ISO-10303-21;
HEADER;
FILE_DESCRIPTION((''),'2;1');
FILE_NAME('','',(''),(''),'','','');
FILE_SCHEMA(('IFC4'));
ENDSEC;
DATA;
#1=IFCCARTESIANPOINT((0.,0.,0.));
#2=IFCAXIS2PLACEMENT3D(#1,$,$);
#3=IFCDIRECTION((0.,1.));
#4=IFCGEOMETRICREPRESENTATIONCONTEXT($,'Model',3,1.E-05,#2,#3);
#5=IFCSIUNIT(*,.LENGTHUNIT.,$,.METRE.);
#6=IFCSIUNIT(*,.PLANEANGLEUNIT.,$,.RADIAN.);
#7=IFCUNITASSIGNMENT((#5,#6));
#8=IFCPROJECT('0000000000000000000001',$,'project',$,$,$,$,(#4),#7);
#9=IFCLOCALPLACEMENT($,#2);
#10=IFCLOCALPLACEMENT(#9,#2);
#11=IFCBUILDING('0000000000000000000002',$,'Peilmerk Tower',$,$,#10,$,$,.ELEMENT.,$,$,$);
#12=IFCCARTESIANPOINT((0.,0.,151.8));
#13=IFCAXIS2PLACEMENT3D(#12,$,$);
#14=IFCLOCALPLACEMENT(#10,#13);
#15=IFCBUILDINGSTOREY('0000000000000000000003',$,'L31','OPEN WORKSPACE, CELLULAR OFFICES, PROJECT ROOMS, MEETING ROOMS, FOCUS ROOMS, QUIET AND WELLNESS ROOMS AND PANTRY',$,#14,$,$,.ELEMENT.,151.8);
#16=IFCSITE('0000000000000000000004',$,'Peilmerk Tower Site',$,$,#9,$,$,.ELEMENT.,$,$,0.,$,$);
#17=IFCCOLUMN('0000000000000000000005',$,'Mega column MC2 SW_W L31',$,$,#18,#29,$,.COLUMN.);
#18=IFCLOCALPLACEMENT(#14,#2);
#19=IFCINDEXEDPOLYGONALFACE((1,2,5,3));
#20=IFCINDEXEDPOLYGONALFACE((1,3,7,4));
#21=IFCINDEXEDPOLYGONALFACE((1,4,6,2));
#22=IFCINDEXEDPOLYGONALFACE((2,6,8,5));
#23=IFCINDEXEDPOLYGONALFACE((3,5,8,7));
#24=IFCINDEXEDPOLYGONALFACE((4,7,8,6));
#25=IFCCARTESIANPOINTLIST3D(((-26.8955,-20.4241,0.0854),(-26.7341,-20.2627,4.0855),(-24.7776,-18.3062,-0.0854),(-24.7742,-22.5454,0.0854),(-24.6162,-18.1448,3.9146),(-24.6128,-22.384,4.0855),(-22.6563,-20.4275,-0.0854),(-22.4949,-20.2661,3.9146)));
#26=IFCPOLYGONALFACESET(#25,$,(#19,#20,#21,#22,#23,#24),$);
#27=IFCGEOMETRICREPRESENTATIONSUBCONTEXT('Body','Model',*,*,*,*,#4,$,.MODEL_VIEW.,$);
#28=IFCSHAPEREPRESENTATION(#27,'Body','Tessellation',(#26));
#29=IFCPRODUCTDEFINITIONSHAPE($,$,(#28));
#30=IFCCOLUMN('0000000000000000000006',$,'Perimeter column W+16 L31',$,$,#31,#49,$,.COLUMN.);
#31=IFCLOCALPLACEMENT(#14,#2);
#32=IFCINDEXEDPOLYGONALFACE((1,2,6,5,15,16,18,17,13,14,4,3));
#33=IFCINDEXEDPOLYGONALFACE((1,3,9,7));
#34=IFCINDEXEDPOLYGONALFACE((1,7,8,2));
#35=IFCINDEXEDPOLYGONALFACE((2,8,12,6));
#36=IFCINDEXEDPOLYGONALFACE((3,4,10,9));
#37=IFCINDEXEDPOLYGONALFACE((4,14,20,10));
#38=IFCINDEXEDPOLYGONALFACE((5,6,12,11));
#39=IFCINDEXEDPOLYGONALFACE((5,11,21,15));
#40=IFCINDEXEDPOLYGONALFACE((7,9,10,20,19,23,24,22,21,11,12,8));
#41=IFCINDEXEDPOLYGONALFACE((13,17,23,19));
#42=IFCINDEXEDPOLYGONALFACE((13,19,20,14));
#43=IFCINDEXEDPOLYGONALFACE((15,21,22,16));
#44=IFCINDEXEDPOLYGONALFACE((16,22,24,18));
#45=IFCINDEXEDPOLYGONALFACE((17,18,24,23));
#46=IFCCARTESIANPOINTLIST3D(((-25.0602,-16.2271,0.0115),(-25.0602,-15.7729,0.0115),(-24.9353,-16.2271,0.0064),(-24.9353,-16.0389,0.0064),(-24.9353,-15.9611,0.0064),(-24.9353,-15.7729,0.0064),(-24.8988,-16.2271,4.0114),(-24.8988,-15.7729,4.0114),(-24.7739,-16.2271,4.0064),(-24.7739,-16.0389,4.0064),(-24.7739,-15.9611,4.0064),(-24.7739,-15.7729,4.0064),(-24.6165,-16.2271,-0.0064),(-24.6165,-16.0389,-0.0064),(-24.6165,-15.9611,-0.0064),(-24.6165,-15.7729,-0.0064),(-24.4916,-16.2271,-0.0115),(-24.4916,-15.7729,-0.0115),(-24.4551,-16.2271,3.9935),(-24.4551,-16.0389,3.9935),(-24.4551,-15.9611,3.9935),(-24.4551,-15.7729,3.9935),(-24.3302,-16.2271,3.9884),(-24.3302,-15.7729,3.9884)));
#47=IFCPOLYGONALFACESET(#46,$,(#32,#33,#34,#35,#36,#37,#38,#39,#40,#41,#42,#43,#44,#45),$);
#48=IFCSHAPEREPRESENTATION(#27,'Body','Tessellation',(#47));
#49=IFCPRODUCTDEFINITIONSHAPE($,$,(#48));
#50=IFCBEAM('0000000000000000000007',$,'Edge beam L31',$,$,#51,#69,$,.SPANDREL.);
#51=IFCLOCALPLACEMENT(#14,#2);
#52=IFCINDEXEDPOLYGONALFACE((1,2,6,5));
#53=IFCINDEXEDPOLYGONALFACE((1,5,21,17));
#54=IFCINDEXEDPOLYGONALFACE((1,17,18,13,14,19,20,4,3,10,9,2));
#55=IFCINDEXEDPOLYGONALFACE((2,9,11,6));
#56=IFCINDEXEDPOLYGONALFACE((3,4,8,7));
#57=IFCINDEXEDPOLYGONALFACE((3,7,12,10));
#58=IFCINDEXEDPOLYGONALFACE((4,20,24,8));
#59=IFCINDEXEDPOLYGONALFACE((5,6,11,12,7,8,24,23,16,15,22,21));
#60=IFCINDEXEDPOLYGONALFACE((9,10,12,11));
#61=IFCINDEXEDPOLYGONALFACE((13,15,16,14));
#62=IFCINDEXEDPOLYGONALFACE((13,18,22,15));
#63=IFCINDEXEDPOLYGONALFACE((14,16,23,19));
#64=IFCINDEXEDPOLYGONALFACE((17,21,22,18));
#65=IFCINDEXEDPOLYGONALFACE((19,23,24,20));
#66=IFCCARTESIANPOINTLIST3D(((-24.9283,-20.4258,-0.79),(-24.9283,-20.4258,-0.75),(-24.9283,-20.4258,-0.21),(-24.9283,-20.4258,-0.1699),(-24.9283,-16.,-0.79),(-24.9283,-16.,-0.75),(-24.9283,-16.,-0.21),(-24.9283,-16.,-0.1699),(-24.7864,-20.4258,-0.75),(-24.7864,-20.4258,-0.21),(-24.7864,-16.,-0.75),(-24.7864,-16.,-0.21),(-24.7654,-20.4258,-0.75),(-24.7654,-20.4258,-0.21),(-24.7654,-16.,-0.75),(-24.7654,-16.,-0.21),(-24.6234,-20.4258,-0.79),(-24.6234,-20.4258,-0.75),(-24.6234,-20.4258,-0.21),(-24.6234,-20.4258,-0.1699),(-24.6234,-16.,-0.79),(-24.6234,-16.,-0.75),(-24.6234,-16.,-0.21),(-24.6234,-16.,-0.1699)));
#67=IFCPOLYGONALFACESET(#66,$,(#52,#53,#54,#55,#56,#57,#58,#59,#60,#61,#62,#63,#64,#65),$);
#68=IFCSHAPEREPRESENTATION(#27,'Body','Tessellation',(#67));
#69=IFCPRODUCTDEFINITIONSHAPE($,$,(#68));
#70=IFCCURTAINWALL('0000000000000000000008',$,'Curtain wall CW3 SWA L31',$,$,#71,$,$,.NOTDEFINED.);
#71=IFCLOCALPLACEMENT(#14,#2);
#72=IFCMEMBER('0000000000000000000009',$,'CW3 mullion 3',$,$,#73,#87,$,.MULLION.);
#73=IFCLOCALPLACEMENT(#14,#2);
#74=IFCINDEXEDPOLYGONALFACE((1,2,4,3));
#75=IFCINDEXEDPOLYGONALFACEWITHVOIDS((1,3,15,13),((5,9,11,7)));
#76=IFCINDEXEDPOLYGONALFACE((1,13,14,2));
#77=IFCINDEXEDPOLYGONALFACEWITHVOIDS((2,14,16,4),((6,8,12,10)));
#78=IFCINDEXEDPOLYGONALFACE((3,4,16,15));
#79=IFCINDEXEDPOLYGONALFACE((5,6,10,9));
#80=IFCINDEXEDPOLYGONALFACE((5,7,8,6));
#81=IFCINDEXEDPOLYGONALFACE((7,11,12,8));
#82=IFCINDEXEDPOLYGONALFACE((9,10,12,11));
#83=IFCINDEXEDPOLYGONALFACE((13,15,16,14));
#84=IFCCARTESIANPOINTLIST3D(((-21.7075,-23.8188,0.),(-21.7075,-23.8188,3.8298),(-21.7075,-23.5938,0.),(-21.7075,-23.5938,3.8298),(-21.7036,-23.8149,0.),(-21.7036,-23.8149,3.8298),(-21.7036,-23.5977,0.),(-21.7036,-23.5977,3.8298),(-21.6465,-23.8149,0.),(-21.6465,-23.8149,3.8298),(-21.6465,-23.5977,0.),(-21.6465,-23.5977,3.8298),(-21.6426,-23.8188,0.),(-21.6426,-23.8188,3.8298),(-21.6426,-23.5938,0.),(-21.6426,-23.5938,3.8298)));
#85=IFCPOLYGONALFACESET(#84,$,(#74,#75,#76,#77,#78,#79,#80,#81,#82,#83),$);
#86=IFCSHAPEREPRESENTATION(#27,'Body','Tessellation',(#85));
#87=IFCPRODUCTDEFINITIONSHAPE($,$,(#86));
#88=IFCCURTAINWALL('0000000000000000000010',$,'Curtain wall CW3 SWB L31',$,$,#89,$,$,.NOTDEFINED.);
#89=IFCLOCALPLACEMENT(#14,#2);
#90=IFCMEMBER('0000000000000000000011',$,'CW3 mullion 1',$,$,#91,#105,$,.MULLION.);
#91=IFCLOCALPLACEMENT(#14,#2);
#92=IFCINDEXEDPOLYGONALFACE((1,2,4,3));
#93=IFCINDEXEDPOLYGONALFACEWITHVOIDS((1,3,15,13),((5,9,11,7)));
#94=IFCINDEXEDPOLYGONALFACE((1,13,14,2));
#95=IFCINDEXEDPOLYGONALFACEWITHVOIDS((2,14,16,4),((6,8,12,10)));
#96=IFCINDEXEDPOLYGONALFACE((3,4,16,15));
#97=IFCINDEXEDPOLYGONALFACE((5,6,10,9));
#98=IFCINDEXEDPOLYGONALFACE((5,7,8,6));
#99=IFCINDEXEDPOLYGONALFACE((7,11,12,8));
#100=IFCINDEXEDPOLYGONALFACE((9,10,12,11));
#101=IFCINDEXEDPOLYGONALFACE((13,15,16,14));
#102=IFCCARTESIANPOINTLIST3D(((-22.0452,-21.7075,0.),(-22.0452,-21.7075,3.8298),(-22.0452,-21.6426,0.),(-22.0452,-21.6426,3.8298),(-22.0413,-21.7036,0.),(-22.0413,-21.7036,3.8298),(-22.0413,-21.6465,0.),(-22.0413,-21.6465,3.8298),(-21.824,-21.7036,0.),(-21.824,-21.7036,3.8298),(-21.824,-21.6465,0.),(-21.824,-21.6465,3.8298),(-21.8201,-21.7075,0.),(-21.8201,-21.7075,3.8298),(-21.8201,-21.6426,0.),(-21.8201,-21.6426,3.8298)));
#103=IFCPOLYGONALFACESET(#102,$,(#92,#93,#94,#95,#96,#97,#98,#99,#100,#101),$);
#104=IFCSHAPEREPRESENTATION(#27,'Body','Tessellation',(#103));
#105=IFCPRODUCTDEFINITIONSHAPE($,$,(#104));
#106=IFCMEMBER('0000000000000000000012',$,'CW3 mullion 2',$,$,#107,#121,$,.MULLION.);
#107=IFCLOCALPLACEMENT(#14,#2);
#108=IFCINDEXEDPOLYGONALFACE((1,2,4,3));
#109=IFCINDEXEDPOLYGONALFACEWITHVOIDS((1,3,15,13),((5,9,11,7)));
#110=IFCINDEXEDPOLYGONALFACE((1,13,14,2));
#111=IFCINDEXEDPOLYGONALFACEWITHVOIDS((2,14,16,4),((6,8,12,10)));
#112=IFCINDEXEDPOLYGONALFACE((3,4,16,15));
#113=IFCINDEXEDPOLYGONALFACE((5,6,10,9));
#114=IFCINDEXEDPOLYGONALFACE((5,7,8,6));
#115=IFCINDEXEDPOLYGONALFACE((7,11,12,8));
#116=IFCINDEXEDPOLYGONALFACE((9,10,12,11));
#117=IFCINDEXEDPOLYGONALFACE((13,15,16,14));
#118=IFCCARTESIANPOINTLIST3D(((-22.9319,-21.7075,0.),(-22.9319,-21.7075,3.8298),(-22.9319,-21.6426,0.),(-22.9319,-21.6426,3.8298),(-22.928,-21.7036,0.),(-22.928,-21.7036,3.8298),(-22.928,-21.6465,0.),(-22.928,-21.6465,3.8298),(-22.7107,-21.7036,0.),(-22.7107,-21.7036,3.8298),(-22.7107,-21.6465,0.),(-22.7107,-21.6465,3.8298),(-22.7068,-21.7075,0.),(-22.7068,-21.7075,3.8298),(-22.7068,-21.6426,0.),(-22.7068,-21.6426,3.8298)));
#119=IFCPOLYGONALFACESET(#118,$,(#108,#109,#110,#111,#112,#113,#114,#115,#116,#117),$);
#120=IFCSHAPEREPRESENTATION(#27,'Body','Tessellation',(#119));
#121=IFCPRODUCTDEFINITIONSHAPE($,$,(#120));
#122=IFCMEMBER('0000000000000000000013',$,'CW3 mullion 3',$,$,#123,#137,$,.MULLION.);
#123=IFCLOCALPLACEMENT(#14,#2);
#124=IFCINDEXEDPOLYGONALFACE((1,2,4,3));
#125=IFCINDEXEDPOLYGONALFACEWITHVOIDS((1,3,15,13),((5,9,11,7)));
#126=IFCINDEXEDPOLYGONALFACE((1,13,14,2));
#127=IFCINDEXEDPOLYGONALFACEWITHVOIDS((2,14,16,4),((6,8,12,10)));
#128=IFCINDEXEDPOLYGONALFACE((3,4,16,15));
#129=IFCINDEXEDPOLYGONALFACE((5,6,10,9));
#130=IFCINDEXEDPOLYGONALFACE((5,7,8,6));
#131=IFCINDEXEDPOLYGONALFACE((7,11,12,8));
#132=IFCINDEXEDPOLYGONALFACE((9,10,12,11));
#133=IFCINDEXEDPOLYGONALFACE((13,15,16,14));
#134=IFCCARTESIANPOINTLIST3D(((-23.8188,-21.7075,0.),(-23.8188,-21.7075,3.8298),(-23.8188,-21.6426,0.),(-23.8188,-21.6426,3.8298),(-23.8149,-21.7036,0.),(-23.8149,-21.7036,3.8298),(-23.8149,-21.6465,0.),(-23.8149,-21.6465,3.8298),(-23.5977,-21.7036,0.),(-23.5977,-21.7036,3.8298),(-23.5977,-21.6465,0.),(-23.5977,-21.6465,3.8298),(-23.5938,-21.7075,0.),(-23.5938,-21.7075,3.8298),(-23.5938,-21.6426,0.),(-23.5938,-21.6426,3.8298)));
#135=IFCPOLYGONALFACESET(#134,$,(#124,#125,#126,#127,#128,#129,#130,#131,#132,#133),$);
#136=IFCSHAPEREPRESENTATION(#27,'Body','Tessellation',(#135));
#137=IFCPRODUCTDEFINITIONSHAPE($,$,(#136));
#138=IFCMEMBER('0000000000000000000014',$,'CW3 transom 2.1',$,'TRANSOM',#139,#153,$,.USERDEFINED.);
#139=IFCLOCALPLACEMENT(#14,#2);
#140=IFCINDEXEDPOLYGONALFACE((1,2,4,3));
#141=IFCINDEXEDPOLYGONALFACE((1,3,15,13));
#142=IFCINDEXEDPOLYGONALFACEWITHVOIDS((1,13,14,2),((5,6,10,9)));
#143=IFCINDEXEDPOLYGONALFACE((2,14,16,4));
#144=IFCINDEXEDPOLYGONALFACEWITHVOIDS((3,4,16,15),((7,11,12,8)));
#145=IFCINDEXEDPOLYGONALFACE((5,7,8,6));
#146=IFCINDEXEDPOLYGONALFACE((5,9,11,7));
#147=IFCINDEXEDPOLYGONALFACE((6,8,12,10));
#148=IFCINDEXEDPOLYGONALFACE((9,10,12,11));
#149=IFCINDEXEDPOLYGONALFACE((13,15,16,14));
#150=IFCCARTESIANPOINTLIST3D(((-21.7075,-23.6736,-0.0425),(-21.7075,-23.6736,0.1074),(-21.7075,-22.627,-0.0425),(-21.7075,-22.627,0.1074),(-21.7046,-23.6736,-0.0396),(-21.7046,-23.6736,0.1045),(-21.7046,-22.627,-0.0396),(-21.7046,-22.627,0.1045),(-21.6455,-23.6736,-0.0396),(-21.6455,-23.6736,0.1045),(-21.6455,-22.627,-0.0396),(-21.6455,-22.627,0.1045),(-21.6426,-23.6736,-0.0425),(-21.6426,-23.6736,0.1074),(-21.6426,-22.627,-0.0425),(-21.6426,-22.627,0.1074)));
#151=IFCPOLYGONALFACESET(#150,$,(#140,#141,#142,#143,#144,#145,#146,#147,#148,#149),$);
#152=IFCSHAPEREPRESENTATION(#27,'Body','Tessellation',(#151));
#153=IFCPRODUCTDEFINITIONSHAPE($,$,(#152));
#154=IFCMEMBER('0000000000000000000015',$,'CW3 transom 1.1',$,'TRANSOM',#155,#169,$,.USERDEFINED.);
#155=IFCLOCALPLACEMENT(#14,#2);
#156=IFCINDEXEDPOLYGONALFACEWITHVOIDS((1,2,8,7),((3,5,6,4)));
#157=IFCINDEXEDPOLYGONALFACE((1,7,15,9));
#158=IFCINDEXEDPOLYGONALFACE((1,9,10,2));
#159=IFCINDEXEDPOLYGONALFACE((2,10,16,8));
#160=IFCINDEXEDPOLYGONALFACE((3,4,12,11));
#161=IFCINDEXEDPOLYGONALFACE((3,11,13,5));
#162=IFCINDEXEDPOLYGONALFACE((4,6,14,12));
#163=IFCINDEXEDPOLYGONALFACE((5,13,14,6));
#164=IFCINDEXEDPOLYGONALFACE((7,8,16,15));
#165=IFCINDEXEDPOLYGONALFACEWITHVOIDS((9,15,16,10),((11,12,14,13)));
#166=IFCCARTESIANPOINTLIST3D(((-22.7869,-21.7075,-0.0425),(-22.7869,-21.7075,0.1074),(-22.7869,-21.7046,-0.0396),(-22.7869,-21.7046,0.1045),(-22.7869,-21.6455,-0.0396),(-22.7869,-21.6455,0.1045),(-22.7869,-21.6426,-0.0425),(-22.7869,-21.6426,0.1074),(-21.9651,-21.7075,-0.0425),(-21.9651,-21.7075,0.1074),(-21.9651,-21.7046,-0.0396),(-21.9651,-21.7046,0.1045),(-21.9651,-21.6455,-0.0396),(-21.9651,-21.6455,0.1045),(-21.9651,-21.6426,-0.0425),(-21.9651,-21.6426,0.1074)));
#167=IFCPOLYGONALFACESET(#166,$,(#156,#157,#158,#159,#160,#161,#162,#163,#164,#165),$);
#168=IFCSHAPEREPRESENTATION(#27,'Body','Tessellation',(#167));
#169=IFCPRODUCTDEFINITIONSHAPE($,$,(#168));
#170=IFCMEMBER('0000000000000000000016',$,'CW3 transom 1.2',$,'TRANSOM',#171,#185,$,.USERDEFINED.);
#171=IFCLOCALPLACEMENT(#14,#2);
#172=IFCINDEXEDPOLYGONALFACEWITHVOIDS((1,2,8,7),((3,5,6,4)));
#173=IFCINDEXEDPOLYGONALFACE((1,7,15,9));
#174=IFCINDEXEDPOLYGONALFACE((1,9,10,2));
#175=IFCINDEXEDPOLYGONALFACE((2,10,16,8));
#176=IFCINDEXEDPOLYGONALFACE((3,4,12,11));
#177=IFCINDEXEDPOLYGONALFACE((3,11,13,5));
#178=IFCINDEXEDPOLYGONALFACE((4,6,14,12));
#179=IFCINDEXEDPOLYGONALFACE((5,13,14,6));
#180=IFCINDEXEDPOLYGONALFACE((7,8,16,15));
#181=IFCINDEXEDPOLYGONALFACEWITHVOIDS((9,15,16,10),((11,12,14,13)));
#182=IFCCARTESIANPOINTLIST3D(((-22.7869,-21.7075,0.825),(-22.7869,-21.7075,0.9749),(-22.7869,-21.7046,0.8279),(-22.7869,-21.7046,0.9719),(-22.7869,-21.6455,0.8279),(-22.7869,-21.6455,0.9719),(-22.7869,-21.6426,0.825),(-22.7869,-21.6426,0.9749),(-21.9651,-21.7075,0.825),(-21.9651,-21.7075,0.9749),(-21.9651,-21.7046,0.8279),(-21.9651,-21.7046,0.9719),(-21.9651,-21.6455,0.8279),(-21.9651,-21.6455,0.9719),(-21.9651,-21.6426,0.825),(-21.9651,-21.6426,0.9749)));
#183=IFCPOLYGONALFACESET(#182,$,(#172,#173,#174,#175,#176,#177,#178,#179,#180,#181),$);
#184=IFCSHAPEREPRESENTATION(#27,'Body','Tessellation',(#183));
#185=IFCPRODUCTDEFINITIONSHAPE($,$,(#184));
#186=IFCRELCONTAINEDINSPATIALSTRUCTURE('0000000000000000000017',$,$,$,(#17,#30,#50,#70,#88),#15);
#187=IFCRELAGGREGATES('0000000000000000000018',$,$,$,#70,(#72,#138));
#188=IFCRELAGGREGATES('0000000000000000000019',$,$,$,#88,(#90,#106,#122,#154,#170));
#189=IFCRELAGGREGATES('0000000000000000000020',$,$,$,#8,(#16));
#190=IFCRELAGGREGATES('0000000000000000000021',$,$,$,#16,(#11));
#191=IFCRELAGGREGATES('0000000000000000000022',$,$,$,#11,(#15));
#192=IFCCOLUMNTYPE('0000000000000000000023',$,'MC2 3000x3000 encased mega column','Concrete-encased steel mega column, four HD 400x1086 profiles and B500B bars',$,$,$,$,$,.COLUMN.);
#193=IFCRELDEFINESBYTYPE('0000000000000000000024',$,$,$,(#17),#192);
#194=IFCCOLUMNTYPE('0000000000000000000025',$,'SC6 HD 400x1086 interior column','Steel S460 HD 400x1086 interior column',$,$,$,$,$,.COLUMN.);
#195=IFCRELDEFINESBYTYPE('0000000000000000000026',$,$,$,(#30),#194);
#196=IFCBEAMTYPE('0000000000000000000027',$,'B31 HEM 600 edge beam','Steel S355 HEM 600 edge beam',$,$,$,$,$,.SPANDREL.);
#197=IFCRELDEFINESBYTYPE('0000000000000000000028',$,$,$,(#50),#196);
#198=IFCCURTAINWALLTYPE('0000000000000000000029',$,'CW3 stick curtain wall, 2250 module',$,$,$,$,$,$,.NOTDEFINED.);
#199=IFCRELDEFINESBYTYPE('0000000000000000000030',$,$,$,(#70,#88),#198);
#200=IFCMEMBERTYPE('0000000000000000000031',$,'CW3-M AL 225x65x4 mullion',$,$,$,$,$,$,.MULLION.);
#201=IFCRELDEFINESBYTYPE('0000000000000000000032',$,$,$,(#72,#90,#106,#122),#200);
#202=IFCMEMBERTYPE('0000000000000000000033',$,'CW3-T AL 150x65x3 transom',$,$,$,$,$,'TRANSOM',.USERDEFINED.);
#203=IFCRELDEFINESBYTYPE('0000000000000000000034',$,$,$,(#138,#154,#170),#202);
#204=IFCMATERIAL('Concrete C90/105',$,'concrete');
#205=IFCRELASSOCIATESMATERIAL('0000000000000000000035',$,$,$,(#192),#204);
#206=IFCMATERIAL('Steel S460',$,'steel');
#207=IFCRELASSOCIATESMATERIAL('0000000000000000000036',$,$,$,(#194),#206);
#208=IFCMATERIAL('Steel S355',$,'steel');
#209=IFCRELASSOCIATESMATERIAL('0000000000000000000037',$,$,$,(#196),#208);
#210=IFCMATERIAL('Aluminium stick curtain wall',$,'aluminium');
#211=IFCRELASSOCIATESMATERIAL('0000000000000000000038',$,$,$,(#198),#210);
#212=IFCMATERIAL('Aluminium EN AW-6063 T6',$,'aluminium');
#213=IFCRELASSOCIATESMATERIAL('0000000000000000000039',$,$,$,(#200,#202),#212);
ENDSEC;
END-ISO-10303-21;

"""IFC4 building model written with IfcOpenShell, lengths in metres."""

from ifc_helpers import new_model, si_unit, direction, frame, origin, origin_2d, place, context, subcontext, project, spatial, rectangle, hollow_rectangle, i_section, extrude, material, material_profile, profile_set, type_object, element, aggregate, save


model = new_model("IFC4")

# Units and contexts
model_context = context("Model", 3, precision=1e-05, world=origin(), true_north=direction((0.0, 1.0)))
body_context = subcontext(model_context, "Body", "Model", "MODEL_VIEW")
ifc_project = project(units=[si_unit("LENGTHUNIT", "METRE"), si_unit("PLANEANGLEUNIT", "RADIAN")], contexts=[model_context])

# Site, building, storey
site_placement = place(None, origin())
site = spatial("IfcSite", under=ifc_project, at=site_placement, Name="Peilmerk Tower Site", CompositionType="ELEMENT", RefElevation=0.0)
building_placement = place(site_placement, origin())
building = spatial("IfcBuilding", under=site, at=building_placement, Name="Peilmerk Tower", CompositionType="ELEMENT")
storey_placement = place(building_placement, frame((0.0, 0.0, 151.8)))
storey = spatial("IfcBuildingStorey", under=building, at=storey_placement, Name="L31", Description="OPEN WORKSPACE, CELLULAR OFFICES, PROJECT ROOMS, MEETING ROOMS, FOCUS ROOMS, QUIET AND WELLNESS ROOMS AND PANTRY", CompositionType="ELEMENT", Elevation=151.8)

# Columns
ifc_material_1 = material(Name="Concrete C90/105", Category="concrete")
ifc_material_profile_1 = material_profile(ifc_material_1, rectangle(XDim=3.0, YDim=3.0, at=origin_2d()), Name="RC 3000x3000")
ifc_profile_set_1 = profile_set([ifc_material_profile_1], Name="Concrete C90/105")
column_type_1 = type_object("IfcColumnType", Name="MC2 3000x3000 encased mega column", Description="Concrete-encased steel mega column, four HD 400x1086 profiles and B500B bars", PredefinedType="COLUMN", material=ifc_profile_set_1)
column_1_placement = place(storey_placement, frame((-24.7759, -20.4258, 0.0), z_axis=(0.040279, 0.040279, 0.998376), x_axis=(-0.707107, 0.707107, 0.0)))
element("IfcColumn", 1, at=column_1_placement, inside=storey, type_object=column_type_1, Name="Mega column MC2 SW_W L31", PredefinedType="COLUMN", context=body_context, shape_type="SweptSolid", body=[
    extrude(rectangle(XDim=3.0, YDim=3.0, at=origin_2d()), origin(), (0.0, 0.0, 1.0), 4.0066),
])
ifc_material_2 = material(Name="Steel S460", Category="steel")
ifc_material_profile_2 = material_profile(ifc_material_2, i_section(OverallWidth=0.4541, OverallDepth=0.5691, WebThickness=0.0779, FlangeThickness=0.125, at=origin_2d()), Name="HD 400x1086")
ifc_profile_set_2 = profile_set([ifc_material_profile_2], Name="Steel S460")
column_type_2 = type_object("IfcColumnType", Name="SC6 HD 400x1086 interior column", Description="Steel S460 HD 400x1086 interior column", PredefinedType="COLUMN", material=ifc_profile_set_2)
column_2_placement = place(storey_placement, frame((-24.7759, -16.0, 0.0), z_axis=(0.040311, 0.0, 0.999187), x_axis=(0.0, 1.0, 0.0)))
element("IfcColumn", 2, at=column_2_placement, inside=storey, type_object=column_type_2, Name="Perimeter column W+16 L31", PredefinedType="COLUMN", context=body_context, shape_type="SweptSolid", body=[
    extrude(i_section(OverallWidth=0.4541, OverallDepth=0.5691, WebThickness=0.0779, FlangeThickness=0.125, at=origin_2d()), origin(), (0.0, 0.0, 1.0), 4.0032),
])

# Beam
ifc_material_3 = material(Name="Steel S355", Category="steel")
ifc_material_profile_3 = material_profile(ifc_material_3, i_section(OverallWidth=0.3049, OverallDepth=0.6201, WebThickness=0.021, FlangeThickness=0.04, at=origin_2d()), Name="HEM 600")
ifc_profile_set_3 = profile_set([ifc_material_profile_3], Name="Steel S355")
beam_type = type_object("IfcBeamType", Name="B31 HEM 600 edge beam", Description="Steel S355 HEM 600 edge beam", PredefinedType="SPANDREL", material=ifc_profile_set_3)
beam_placement = place(storey_placement, frame((-24.7759, -16.0, -0.48), z_axis=(0.0, -1.0, 0.0), x_axis=(1.0, 0.0, 0.0)))
element("IfcBeam", 3, at=beam_placement, inside=storey, type_object=beam_type, Name="Edge beam L31", PredefinedType="SPANDREL", context=body_context, shape_type="SweptSolid", body=[
    extrude(i_section(OverallWidth=0.3049, OverallDepth=0.6201, WebThickness=0.021, FlangeThickness=0.04, at=origin_2d()), origin(), (0.0, 0.0, 1.0), 4.4258),
])

# Curtain wall, member
ifc_material_4 = material(Name="Aluminium stick curtain wall", Category="aluminium")
curtain_wall_type = type_object("IfcCurtainWallType", Name="CW3 stick curtain wall, 2250 module", PredefinedType="NOTDEFINED", material=ifc_material_4)
curtain_wall_1_placement = place(storey_placement, origin())
curtain_wall_1 = element("IfcCurtainWall", 4, at=curtain_wall_1_placement, inside=storey, type_object=curtain_wall_type, Name="Curtain wall CW3 SWA L31", PredefinedType="NOTDEFINED")
ifc_material_5 = material(Name="Aluminium EN AW-6063 T6", Category="aluminium")
ifc_material_profile_4 = material_profile(ifc_material_5, hollow_rectangle(XDim=0.0649, YDim=0.2251, WallThickness=0.0039, at=origin_2d()), Name="AL 225x65x4")
ifc_profile_set_4 = profile_set([ifc_material_profile_4], Name="Aluminium EN AW-6063 T6")
member_type_1 = type_object("IfcMemberType", Name="CW3-M AL 225x65x4 mullion", PredefinedType="MULLION", material=ifc_profile_set_4)
member_1_placement = place(storey_placement, frame((-21.675, -23.7063, 0.0), z_axis=(0.0, 0.0, 1.0), x_axis=(1.0, 0.0, 0.0)))
member_1 = element("IfcMember", 5, at=member_1_placement, type_object=member_type_1, Name="CW3 mullion 3", PredefinedType="MULLION", context=body_context, shape_type="SweptSolid", body=[
    extrude(hollow_rectangle(XDim=0.0649, YDim=0.2251, WallThickness=0.0039, at=origin_2d()), origin(), (0.0, 0.0, 1.0), 3.8298),
])

# Curtain wall, members
curtain_wall_2_placement = place(storey_placement, origin())
curtain_wall_2 = element("IfcCurtainWall", 6, at=curtain_wall_2_placement, inside=storey, type_object=curtain_wall_type, Name="Curtain wall CW3 SWB L31", PredefinedType="NOTDEFINED")
member_2_placement = place(storey_placement, frame((-21.9326, -21.675, 0.0), z_axis=(0.0, 0.0, 1.0), x_axis=(0.0, -1.0, 0.0)))
member_2 = element("IfcMember", 7, at=member_2_placement, type_object=member_type_1, Name="CW3 mullion 1", PredefinedType="MULLION", context=body_context, shape_type="SweptSolid", body=[
    extrude(hollow_rectangle(XDim=0.0649, YDim=0.2251, WallThickness=0.0039, at=origin_2d()), origin(), (0.0, 0.0, 1.0), 3.8298),
])
member_3_placement = place(storey_placement, frame((-22.8193, -21.675, 0.0), z_axis=(0.0, 0.0, 1.0), x_axis=(0.0, -1.0, 0.0)))
member_3 = element("IfcMember", 8, at=member_3_placement, type_object=member_type_1, Name="CW3 mullion 2", PredefinedType="MULLION", context=body_context, shape_type="SweptSolid", body=[
    extrude(hollow_rectangle(XDim=0.0649, YDim=0.2251, WallThickness=0.0039, at=origin_2d()), origin(), (0.0, 0.0, 1.0), 3.8298),
])
member_4_placement = place(storey_placement, frame((-23.7063, -21.675, 0.0), z_axis=(0.0, 0.0, 1.0), x_axis=(0.0, -1.0, 0.0)))
member_4 = element("IfcMember", 9, at=member_4_placement, type_object=member_type_1, Name="CW3 mullion 3", PredefinedType="MULLION", context=body_context, shape_type="SweptSolid", body=[
    extrude(hollow_rectangle(XDim=0.0649, YDim=0.2251, WallThickness=0.0039, at=origin_2d()), origin(), (0.0, 0.0, 1.0), 3.8298),
])

# Members
ifc_material_profile_5 = material_profile(ifc_material_5, hollow_rectangle(XDim=0.0649, YDim=0.1499, WallThickness=0.0029, at=origin_2d()), Name="AL 150x65x3")
ifc_profile_set_5 = profile_set([ifc_material_profile_5], Name="Aluminium EN AW-6063 T6")
member_type_2 = type_object("IfcMemberType", Name="CW3-T AL 150x65x3 transom", ElementType="TRANSOM", PredefinedType="USERDEFINED", material=ifc_profile_set_5)
member_5_placement = place(storey_placement, frame((-21.675, -22.627, 0.0325), z_axis=(0.0, -1.0, 0.0), x_axis=(1.0, 0.0, 0.0)))
member_5 = element("IfcMember", 10, at=member_5_placement, type_object=member_type_2, Name="CW3 transom 2.1", ObjectType="TRANSOM", PredefinedType="USERDEFINED", context=body_context, shape_type="SweptSolid", body=[
    extrude(hollow_rectangle(XDim=0.0649, YDim=0.1499, WallThickness=0.0029, at=origin_2d()), origin(), (0.0, 0.0, 1.0), 1.0466),
])
member_6_placement = place(storey_placement, frame((-21.9651, -21.675, 0.0325), z_axis=(-1.0, 0.0, 0.0), x_axis=(0.0, -1.0, 0.0)))
member_6 = element("IfcMember", 11, at=member_6_placement, type_object=member_type_2, Name="CW3 transom 1.1", ObjectType="TRANSOM", PredefinedType="USERDEFINED", context=body_context, shape_type="SweptSolid", body=[
    extrude(hollow_rectangle(XDim=0.0649, YDim=0.1499, WallThickness=0.0029, at=origin_2d()), origin(), (0.0, 0.0, 1.0), 0.8218),
])
member_7_placement = place(storey_placement, frame((-21.9651, -21.675, 0.8999), z_axis=(-1.0, 0.0, 0.0), x_axis=(0.0, -1.0, 0.0)))
member_7 = element("IfcMember", 12, at=member_7_placement, type_object=member_type_2, Name="CW3 transom 1.2", ObjectType="TRANSOM", PredefinedType="USERDEFINED", context=body_context, shape_type="SweptSolid", body=[
    extrude(hollow_rectangle(XDim=0.0649, YDim=0.1499, WallThickness=0.0029, at=origin_2d()), origin(), (0.0, 0.0, 1.0), 0.8218),
])

aggregate(curtain_wall_1, [member_1, member_5])
aggregate(curtain_wall_2, [member_2, member_3, member_4, member_6, member_7])

save(model, "model.ifc")
